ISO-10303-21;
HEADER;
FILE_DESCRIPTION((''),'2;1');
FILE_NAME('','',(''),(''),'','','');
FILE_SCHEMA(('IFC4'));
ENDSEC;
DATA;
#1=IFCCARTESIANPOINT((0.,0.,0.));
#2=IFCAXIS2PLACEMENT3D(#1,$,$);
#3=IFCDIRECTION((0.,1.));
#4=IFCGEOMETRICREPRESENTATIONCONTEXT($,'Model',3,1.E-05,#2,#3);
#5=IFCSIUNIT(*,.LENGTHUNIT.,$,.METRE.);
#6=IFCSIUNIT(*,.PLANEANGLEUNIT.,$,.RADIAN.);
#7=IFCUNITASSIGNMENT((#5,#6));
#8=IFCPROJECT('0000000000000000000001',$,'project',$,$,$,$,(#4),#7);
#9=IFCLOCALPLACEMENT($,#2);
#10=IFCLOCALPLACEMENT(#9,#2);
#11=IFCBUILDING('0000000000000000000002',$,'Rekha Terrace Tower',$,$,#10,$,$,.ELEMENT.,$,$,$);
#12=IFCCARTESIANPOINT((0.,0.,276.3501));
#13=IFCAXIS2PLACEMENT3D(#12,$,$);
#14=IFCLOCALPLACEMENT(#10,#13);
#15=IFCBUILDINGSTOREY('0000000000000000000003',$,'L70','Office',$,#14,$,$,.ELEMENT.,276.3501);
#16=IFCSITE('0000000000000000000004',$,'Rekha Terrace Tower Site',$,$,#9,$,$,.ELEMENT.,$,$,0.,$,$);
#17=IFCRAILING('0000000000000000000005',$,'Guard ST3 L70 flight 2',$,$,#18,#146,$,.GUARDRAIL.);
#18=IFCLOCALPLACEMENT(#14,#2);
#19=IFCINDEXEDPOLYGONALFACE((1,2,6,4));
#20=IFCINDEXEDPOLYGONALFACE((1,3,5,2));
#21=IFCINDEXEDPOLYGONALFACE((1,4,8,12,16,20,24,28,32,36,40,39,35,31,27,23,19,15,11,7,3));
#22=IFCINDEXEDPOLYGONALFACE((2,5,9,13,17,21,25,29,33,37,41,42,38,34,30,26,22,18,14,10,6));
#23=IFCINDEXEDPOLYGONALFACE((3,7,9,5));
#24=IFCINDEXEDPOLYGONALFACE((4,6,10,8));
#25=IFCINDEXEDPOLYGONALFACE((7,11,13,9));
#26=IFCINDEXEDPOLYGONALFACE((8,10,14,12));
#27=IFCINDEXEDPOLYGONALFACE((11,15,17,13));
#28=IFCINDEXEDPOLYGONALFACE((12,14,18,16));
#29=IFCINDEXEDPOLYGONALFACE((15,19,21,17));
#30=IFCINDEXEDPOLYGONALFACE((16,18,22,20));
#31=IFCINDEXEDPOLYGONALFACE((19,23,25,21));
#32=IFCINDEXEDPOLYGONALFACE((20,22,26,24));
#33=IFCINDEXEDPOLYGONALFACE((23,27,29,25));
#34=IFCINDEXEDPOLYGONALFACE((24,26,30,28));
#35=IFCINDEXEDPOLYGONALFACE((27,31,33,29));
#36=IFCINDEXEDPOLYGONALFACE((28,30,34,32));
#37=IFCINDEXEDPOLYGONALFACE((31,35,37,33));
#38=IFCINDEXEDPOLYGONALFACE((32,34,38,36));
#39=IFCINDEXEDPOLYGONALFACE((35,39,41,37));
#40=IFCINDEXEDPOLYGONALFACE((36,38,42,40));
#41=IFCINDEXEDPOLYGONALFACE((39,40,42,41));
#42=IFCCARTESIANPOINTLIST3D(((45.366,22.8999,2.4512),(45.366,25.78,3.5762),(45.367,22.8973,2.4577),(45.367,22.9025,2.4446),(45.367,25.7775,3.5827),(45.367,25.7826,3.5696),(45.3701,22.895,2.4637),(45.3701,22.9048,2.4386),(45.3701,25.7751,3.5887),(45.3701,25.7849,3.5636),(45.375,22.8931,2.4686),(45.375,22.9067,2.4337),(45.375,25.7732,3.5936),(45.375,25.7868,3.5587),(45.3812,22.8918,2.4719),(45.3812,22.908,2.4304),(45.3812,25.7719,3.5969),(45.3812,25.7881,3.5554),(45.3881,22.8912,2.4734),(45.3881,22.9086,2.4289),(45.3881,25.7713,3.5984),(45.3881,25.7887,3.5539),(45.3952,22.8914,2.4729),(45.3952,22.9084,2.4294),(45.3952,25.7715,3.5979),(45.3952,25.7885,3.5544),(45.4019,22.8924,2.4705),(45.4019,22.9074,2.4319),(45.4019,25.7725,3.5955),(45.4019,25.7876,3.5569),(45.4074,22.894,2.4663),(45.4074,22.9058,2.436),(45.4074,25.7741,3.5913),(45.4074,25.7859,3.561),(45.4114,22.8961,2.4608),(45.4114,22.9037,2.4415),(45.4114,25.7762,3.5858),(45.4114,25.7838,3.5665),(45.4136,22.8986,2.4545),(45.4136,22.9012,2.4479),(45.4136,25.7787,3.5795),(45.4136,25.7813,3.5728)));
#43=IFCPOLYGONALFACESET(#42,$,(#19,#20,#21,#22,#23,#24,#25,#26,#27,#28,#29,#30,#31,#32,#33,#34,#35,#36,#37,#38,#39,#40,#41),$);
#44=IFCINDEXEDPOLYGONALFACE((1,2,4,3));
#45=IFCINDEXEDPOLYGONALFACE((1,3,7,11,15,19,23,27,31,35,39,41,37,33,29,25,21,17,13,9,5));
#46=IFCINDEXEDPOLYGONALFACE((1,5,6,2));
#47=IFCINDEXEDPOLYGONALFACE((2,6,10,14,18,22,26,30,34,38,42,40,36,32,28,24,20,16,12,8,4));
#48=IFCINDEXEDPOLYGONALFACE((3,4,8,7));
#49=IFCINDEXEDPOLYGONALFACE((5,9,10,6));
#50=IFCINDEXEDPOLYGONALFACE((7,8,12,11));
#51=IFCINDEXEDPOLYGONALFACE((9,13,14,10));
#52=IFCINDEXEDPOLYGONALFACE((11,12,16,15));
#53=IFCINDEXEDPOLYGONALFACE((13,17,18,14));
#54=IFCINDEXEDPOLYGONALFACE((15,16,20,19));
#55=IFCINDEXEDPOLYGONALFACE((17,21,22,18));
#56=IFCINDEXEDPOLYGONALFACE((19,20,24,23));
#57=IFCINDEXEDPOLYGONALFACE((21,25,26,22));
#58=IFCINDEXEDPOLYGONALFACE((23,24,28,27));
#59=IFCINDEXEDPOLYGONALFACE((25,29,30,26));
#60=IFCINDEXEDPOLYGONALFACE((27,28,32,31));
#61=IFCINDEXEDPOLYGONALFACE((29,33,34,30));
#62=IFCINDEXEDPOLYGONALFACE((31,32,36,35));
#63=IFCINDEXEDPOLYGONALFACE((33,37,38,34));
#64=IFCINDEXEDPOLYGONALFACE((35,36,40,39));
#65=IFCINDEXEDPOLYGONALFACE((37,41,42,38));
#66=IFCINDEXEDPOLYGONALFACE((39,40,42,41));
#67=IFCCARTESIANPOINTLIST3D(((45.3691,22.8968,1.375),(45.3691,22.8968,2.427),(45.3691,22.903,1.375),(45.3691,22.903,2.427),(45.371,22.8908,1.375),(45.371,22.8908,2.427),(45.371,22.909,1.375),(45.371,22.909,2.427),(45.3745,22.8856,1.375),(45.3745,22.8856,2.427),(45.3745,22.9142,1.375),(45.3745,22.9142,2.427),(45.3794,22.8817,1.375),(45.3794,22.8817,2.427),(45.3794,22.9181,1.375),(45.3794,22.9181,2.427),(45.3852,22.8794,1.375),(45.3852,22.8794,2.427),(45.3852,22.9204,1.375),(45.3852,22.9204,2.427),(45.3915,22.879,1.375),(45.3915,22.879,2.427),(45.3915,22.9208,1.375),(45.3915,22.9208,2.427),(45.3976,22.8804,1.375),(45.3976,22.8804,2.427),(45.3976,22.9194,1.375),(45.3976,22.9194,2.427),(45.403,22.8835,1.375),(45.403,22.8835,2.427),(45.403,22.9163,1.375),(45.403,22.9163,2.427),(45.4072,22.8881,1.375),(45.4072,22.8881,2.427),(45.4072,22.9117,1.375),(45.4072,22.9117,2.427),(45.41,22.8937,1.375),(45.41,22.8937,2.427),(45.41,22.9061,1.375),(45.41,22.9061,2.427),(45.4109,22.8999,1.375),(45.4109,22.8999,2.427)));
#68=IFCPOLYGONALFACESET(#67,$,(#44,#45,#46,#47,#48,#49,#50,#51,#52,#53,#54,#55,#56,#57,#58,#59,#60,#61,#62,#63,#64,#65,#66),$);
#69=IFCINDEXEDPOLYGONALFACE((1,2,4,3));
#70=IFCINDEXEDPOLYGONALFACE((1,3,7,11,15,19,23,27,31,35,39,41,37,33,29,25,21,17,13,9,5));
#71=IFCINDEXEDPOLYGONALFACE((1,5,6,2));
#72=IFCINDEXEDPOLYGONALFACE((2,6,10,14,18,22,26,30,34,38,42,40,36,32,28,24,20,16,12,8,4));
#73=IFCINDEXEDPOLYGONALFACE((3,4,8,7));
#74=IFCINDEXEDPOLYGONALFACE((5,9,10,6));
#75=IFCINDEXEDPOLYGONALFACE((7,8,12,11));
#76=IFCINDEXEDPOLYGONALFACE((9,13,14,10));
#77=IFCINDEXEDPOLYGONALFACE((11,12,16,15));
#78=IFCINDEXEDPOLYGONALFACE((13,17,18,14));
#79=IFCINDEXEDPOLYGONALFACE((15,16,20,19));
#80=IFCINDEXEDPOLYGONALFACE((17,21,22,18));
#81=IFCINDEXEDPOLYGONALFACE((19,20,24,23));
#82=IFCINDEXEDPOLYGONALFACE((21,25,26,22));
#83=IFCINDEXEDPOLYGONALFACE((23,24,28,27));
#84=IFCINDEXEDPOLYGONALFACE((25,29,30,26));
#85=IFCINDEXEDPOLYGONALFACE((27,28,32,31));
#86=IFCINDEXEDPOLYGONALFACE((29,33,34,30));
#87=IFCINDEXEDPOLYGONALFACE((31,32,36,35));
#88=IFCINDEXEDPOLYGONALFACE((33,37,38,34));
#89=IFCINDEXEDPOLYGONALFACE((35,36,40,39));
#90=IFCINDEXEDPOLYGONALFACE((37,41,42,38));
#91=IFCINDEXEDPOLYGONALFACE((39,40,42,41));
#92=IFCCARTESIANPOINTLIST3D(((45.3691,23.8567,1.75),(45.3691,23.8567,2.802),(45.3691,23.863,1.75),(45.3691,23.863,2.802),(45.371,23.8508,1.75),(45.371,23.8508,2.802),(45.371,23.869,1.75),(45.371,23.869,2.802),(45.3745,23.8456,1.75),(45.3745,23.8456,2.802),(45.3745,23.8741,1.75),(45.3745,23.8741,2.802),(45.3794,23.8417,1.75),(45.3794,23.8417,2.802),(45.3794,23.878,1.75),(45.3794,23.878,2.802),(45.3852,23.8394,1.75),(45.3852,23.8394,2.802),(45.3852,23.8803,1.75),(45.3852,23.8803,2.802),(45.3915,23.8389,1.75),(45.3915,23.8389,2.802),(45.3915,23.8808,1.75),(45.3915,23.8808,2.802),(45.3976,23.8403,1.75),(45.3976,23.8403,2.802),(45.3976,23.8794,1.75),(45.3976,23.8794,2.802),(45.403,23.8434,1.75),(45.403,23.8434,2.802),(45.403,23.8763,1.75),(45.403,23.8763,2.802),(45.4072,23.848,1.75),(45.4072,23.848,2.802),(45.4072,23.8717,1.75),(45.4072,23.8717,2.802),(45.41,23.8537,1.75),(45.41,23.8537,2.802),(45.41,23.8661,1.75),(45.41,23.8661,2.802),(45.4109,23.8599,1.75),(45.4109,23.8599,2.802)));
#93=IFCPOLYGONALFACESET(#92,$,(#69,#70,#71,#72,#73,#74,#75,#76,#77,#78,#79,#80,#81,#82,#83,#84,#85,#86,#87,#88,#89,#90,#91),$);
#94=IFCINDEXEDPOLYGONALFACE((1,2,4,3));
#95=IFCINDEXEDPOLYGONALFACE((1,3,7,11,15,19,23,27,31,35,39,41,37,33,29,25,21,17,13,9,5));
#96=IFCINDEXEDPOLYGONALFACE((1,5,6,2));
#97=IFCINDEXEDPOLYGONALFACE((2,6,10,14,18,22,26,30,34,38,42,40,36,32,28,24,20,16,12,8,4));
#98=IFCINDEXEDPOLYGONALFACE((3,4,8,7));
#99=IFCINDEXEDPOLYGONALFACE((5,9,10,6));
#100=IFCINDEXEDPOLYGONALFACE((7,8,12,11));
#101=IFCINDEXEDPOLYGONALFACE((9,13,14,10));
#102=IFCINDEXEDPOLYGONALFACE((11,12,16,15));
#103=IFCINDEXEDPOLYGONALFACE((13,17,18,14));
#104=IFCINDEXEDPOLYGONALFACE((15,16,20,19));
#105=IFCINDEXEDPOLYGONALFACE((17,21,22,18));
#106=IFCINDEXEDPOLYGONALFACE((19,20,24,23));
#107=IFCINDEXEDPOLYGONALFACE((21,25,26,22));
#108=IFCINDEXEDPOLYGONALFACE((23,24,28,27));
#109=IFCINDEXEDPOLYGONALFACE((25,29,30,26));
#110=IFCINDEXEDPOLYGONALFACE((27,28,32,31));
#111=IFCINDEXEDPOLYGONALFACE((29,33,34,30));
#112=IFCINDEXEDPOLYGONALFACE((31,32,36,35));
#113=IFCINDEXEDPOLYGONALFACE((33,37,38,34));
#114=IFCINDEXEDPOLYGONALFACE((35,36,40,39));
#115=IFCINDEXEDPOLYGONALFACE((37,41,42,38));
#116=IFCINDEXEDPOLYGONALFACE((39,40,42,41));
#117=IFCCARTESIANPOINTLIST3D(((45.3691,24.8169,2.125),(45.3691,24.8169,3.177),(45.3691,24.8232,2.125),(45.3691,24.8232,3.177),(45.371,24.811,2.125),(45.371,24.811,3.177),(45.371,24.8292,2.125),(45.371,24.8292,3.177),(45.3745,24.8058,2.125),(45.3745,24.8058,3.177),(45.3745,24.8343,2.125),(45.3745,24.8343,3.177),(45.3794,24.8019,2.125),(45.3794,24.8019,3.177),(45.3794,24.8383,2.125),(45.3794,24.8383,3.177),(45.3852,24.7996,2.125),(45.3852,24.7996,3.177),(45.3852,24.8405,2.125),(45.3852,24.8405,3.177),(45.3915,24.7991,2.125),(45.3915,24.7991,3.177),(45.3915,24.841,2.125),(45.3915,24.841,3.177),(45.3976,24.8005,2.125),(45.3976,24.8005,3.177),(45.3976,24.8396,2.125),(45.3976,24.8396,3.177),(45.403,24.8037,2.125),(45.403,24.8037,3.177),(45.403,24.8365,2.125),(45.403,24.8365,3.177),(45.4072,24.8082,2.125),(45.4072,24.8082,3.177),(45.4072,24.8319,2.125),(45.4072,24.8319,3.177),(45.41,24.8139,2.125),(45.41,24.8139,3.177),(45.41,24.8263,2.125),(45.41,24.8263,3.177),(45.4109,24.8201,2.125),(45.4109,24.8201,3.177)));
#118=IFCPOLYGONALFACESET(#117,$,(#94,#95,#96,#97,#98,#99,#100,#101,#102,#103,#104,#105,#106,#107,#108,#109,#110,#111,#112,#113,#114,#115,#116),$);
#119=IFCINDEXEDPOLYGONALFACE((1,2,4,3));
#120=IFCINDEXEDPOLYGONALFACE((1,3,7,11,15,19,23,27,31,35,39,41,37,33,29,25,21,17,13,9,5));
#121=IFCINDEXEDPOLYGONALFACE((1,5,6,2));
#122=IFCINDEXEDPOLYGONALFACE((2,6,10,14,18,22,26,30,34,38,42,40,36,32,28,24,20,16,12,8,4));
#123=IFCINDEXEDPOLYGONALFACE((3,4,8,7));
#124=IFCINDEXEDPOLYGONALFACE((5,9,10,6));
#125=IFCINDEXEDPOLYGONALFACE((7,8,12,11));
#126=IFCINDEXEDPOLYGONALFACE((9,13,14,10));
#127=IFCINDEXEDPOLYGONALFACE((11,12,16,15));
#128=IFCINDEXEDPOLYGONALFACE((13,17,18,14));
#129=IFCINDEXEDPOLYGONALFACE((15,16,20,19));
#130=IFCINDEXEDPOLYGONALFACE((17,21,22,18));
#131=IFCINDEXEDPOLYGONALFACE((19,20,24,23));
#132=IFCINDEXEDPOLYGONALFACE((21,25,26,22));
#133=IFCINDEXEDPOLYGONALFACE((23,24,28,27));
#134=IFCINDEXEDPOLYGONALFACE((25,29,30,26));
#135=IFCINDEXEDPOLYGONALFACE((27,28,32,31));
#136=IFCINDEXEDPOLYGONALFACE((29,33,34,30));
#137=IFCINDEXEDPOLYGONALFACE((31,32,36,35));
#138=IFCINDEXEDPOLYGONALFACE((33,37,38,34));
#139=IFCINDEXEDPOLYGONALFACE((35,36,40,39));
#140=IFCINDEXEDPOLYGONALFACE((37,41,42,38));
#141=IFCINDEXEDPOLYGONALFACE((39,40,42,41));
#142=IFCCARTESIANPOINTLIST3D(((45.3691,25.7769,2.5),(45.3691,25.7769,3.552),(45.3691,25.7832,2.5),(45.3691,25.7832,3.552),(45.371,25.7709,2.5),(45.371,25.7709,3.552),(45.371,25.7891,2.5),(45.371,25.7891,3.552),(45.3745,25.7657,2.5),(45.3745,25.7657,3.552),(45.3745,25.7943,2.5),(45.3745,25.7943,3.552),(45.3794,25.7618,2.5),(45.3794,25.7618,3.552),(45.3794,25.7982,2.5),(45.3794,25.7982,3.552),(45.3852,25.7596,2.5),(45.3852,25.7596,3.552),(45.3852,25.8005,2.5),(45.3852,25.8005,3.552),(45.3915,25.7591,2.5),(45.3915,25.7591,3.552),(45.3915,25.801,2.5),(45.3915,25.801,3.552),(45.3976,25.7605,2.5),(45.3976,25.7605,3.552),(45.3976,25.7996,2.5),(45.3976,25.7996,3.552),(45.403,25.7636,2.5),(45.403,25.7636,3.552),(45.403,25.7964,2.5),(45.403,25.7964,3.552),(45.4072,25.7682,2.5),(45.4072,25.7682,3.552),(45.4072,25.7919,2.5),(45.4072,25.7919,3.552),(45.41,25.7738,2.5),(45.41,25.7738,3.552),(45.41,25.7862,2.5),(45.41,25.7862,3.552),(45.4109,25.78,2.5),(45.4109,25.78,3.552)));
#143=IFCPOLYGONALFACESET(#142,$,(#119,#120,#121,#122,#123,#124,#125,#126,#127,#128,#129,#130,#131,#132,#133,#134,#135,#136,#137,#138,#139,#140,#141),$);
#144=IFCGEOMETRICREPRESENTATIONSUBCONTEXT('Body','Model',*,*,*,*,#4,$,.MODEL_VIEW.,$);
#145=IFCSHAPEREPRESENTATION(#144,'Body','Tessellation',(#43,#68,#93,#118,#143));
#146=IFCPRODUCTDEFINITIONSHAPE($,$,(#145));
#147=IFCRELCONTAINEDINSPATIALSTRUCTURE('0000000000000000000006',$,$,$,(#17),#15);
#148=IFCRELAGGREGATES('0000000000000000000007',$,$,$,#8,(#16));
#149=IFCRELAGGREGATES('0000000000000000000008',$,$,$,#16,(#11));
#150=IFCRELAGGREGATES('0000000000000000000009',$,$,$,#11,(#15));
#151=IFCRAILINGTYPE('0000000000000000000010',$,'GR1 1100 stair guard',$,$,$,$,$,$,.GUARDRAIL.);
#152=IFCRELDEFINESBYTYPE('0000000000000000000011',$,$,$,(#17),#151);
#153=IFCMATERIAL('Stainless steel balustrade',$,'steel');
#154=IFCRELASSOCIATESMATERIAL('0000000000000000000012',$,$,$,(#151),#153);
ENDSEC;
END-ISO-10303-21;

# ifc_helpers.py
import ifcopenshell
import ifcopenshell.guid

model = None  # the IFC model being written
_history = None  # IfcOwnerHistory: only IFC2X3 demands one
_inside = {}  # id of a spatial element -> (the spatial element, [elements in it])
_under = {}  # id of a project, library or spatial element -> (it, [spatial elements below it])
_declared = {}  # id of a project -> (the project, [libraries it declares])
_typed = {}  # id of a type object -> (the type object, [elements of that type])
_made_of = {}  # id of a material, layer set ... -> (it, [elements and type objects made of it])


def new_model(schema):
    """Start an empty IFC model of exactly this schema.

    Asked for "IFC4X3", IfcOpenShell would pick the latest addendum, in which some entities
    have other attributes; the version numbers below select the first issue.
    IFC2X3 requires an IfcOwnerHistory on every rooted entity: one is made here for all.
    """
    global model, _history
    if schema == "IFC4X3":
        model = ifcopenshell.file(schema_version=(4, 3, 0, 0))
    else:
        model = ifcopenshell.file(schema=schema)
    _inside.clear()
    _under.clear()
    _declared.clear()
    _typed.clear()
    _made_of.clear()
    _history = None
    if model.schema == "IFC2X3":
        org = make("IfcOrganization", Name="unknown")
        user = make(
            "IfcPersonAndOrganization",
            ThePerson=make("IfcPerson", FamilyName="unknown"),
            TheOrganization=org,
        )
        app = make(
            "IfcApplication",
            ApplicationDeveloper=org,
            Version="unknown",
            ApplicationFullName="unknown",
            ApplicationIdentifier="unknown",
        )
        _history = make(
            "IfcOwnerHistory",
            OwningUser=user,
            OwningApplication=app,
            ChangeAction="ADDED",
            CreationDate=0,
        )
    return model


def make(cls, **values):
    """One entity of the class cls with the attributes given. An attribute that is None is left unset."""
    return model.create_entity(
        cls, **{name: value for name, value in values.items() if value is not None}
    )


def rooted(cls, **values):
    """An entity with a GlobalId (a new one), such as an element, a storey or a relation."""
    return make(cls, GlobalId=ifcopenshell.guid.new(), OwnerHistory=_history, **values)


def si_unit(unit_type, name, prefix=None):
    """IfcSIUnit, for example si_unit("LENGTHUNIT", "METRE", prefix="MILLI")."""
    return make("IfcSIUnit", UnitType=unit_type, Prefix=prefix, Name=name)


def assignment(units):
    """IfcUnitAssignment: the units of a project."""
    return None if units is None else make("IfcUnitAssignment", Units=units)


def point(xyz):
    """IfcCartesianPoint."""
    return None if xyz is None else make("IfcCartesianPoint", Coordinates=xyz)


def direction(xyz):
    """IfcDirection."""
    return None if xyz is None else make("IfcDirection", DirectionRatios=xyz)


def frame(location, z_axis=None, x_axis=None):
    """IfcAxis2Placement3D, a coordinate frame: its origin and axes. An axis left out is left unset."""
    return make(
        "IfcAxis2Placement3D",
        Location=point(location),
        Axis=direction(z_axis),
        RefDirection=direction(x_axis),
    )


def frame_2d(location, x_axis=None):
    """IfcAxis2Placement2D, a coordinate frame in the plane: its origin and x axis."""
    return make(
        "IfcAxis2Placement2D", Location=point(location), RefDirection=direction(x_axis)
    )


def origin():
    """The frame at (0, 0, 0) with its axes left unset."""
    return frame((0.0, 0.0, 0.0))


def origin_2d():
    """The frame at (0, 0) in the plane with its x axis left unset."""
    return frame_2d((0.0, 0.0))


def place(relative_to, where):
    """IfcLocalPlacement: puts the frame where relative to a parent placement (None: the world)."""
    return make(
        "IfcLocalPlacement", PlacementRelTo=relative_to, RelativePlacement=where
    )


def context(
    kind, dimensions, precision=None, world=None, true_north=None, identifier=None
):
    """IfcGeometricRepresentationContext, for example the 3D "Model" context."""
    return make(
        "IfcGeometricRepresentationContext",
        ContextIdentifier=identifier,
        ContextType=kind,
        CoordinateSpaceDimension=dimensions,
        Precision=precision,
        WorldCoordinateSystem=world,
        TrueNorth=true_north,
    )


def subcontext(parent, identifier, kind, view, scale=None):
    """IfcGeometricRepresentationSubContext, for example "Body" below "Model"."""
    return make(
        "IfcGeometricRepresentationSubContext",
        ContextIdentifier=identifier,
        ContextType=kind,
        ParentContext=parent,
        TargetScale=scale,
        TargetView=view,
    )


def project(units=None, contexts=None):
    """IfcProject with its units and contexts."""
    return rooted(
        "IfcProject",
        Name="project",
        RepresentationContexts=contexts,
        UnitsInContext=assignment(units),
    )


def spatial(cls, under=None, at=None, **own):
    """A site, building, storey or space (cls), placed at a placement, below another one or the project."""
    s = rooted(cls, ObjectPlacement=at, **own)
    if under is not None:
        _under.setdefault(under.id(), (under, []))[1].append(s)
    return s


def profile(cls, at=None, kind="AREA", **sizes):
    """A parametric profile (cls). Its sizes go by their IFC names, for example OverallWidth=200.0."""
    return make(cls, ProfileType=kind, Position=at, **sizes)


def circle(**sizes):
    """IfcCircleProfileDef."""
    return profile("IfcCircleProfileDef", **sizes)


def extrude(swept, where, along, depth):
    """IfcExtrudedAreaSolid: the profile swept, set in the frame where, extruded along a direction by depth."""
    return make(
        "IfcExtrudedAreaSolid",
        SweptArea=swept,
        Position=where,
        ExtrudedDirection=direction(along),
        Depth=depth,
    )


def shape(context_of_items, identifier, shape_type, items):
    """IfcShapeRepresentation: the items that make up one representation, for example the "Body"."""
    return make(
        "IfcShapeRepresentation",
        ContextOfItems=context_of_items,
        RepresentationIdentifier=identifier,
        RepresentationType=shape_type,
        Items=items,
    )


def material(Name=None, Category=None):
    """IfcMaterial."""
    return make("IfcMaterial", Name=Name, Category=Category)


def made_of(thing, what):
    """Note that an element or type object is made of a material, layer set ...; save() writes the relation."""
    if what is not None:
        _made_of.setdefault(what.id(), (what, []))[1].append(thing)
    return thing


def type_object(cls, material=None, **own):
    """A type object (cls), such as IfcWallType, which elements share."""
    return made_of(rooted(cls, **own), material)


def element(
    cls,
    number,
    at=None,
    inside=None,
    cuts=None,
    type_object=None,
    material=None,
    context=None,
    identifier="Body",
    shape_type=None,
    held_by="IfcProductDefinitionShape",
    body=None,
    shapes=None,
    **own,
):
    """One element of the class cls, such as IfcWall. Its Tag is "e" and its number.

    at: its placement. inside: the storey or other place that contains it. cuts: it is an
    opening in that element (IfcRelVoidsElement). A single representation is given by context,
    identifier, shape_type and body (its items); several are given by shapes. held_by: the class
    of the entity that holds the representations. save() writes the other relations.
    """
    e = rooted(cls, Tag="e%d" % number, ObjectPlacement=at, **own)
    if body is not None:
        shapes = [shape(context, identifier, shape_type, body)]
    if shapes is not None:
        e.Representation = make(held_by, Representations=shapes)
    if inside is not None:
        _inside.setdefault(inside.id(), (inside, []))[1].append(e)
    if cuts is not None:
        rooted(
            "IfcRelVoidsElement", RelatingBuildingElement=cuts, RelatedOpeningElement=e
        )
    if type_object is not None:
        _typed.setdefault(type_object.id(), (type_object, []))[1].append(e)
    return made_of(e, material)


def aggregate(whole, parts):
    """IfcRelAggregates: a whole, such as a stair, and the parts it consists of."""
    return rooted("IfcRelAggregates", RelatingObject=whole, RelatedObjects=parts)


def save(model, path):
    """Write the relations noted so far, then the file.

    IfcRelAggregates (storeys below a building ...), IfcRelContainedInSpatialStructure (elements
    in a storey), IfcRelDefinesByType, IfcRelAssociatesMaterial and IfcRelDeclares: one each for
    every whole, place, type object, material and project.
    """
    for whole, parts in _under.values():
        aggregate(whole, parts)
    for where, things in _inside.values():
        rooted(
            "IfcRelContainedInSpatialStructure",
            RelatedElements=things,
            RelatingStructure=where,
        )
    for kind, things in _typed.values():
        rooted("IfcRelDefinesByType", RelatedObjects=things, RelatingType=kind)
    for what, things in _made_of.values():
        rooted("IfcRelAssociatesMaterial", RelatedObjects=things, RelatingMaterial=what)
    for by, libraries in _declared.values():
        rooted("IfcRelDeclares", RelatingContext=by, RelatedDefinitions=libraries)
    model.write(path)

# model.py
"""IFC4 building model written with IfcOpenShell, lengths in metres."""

from ifc_helpers import new_model, si_unit, direction, frame, origin, origin_2d, place, context, subcontext, project, spatial, circle, extrude, material, type_object, element, save


model = new_model("IFC4")

# Units and contexts
model_context = context("Model", 3, precision=1e-05, world=origin(), true_north=direction((0.0, 1.0)))
body_context = subcontext(model_context, "Body", "Model", "MODEL_VIEW")
ifc_project = project(units=[si_unit("LENGTHUNIT", "METRE"), si_unit("PLANEANGLEUNIT", "RADIAN")], contexts=[model_context])

# Site, building, storey
site_placement = place(None, origin())
site = spatial("IfcSite", under=ifc_project, at=site_placement, Name="Rekha Terrace Tower Site", CompositionType="ELEMENT", RefElevation=0.0)
building_placement = place(site_placement, origin())
building = spatial("IfcBuilding", under=site, at=building_placement, Name="Rekha Terrace Tower", CompositionType="ELEMENT")
storey_placement = place(building_placement, frame((0.0, 0.0, 276.3501)))
storey = spatial("IfcBuildingStorey", under=building, at=storey_placement, Name="L70", Description="Office", CompositionType="ELEMENT", Elevation=276.3501)

# Railing
ifc_material_1 = material(Name="Stainless steel balustrade", Category="steel")
railing_type_1 = type_object("IfcRailingType", Name="GR1 1100 stair guard", PredefinedType="GUARDRAIL", material=ifc_material_1)
railing_1_placement = place(storey_placement, frame((45.3899, 22.8999, 1.375)))
element("IfcRailing", 1, at=railing_1_placement, inside=storey, type_object=railing_type_1, Name="Guard ST3 L70 flight 2", PredefinedType="GUARDRAIL", context=body_context, shape_type="SweptSolid", body=[
    extrude(circle(Radius=0.0239, at=origin_2d()), frame((0.0, 0.0, 1.0762), z_axis=(0.0, 0.931463, 0.363837), x_axis=(-1.0, 0.0, 0.0)), (0.0, 0.0, 1.0), 3.092),
    extrude(circle(Radius=0.021, at=origin_2d()), origin(), (0.0, 0.0, 1.0), 1.052),
    extrude(circle(Radius=0.021, at=origin_2d()), frame((0.0, 0.96, 0.375)), (0.0, 0.0, 1.0), 1.052),
    extrude(circle(Radius=0.021, at=origin_2d()), frame((0.0, 1.9202, 0.75)), (0.0, 0.0, 1.0), 1.052),
    extrude(circle(Radius=0.021, at=origin_2d()), frame((0.0, 2.8801, 1.125)), (0.0, 0.0, 1.0), 1.052),
])

save(model, "model.ifc")
